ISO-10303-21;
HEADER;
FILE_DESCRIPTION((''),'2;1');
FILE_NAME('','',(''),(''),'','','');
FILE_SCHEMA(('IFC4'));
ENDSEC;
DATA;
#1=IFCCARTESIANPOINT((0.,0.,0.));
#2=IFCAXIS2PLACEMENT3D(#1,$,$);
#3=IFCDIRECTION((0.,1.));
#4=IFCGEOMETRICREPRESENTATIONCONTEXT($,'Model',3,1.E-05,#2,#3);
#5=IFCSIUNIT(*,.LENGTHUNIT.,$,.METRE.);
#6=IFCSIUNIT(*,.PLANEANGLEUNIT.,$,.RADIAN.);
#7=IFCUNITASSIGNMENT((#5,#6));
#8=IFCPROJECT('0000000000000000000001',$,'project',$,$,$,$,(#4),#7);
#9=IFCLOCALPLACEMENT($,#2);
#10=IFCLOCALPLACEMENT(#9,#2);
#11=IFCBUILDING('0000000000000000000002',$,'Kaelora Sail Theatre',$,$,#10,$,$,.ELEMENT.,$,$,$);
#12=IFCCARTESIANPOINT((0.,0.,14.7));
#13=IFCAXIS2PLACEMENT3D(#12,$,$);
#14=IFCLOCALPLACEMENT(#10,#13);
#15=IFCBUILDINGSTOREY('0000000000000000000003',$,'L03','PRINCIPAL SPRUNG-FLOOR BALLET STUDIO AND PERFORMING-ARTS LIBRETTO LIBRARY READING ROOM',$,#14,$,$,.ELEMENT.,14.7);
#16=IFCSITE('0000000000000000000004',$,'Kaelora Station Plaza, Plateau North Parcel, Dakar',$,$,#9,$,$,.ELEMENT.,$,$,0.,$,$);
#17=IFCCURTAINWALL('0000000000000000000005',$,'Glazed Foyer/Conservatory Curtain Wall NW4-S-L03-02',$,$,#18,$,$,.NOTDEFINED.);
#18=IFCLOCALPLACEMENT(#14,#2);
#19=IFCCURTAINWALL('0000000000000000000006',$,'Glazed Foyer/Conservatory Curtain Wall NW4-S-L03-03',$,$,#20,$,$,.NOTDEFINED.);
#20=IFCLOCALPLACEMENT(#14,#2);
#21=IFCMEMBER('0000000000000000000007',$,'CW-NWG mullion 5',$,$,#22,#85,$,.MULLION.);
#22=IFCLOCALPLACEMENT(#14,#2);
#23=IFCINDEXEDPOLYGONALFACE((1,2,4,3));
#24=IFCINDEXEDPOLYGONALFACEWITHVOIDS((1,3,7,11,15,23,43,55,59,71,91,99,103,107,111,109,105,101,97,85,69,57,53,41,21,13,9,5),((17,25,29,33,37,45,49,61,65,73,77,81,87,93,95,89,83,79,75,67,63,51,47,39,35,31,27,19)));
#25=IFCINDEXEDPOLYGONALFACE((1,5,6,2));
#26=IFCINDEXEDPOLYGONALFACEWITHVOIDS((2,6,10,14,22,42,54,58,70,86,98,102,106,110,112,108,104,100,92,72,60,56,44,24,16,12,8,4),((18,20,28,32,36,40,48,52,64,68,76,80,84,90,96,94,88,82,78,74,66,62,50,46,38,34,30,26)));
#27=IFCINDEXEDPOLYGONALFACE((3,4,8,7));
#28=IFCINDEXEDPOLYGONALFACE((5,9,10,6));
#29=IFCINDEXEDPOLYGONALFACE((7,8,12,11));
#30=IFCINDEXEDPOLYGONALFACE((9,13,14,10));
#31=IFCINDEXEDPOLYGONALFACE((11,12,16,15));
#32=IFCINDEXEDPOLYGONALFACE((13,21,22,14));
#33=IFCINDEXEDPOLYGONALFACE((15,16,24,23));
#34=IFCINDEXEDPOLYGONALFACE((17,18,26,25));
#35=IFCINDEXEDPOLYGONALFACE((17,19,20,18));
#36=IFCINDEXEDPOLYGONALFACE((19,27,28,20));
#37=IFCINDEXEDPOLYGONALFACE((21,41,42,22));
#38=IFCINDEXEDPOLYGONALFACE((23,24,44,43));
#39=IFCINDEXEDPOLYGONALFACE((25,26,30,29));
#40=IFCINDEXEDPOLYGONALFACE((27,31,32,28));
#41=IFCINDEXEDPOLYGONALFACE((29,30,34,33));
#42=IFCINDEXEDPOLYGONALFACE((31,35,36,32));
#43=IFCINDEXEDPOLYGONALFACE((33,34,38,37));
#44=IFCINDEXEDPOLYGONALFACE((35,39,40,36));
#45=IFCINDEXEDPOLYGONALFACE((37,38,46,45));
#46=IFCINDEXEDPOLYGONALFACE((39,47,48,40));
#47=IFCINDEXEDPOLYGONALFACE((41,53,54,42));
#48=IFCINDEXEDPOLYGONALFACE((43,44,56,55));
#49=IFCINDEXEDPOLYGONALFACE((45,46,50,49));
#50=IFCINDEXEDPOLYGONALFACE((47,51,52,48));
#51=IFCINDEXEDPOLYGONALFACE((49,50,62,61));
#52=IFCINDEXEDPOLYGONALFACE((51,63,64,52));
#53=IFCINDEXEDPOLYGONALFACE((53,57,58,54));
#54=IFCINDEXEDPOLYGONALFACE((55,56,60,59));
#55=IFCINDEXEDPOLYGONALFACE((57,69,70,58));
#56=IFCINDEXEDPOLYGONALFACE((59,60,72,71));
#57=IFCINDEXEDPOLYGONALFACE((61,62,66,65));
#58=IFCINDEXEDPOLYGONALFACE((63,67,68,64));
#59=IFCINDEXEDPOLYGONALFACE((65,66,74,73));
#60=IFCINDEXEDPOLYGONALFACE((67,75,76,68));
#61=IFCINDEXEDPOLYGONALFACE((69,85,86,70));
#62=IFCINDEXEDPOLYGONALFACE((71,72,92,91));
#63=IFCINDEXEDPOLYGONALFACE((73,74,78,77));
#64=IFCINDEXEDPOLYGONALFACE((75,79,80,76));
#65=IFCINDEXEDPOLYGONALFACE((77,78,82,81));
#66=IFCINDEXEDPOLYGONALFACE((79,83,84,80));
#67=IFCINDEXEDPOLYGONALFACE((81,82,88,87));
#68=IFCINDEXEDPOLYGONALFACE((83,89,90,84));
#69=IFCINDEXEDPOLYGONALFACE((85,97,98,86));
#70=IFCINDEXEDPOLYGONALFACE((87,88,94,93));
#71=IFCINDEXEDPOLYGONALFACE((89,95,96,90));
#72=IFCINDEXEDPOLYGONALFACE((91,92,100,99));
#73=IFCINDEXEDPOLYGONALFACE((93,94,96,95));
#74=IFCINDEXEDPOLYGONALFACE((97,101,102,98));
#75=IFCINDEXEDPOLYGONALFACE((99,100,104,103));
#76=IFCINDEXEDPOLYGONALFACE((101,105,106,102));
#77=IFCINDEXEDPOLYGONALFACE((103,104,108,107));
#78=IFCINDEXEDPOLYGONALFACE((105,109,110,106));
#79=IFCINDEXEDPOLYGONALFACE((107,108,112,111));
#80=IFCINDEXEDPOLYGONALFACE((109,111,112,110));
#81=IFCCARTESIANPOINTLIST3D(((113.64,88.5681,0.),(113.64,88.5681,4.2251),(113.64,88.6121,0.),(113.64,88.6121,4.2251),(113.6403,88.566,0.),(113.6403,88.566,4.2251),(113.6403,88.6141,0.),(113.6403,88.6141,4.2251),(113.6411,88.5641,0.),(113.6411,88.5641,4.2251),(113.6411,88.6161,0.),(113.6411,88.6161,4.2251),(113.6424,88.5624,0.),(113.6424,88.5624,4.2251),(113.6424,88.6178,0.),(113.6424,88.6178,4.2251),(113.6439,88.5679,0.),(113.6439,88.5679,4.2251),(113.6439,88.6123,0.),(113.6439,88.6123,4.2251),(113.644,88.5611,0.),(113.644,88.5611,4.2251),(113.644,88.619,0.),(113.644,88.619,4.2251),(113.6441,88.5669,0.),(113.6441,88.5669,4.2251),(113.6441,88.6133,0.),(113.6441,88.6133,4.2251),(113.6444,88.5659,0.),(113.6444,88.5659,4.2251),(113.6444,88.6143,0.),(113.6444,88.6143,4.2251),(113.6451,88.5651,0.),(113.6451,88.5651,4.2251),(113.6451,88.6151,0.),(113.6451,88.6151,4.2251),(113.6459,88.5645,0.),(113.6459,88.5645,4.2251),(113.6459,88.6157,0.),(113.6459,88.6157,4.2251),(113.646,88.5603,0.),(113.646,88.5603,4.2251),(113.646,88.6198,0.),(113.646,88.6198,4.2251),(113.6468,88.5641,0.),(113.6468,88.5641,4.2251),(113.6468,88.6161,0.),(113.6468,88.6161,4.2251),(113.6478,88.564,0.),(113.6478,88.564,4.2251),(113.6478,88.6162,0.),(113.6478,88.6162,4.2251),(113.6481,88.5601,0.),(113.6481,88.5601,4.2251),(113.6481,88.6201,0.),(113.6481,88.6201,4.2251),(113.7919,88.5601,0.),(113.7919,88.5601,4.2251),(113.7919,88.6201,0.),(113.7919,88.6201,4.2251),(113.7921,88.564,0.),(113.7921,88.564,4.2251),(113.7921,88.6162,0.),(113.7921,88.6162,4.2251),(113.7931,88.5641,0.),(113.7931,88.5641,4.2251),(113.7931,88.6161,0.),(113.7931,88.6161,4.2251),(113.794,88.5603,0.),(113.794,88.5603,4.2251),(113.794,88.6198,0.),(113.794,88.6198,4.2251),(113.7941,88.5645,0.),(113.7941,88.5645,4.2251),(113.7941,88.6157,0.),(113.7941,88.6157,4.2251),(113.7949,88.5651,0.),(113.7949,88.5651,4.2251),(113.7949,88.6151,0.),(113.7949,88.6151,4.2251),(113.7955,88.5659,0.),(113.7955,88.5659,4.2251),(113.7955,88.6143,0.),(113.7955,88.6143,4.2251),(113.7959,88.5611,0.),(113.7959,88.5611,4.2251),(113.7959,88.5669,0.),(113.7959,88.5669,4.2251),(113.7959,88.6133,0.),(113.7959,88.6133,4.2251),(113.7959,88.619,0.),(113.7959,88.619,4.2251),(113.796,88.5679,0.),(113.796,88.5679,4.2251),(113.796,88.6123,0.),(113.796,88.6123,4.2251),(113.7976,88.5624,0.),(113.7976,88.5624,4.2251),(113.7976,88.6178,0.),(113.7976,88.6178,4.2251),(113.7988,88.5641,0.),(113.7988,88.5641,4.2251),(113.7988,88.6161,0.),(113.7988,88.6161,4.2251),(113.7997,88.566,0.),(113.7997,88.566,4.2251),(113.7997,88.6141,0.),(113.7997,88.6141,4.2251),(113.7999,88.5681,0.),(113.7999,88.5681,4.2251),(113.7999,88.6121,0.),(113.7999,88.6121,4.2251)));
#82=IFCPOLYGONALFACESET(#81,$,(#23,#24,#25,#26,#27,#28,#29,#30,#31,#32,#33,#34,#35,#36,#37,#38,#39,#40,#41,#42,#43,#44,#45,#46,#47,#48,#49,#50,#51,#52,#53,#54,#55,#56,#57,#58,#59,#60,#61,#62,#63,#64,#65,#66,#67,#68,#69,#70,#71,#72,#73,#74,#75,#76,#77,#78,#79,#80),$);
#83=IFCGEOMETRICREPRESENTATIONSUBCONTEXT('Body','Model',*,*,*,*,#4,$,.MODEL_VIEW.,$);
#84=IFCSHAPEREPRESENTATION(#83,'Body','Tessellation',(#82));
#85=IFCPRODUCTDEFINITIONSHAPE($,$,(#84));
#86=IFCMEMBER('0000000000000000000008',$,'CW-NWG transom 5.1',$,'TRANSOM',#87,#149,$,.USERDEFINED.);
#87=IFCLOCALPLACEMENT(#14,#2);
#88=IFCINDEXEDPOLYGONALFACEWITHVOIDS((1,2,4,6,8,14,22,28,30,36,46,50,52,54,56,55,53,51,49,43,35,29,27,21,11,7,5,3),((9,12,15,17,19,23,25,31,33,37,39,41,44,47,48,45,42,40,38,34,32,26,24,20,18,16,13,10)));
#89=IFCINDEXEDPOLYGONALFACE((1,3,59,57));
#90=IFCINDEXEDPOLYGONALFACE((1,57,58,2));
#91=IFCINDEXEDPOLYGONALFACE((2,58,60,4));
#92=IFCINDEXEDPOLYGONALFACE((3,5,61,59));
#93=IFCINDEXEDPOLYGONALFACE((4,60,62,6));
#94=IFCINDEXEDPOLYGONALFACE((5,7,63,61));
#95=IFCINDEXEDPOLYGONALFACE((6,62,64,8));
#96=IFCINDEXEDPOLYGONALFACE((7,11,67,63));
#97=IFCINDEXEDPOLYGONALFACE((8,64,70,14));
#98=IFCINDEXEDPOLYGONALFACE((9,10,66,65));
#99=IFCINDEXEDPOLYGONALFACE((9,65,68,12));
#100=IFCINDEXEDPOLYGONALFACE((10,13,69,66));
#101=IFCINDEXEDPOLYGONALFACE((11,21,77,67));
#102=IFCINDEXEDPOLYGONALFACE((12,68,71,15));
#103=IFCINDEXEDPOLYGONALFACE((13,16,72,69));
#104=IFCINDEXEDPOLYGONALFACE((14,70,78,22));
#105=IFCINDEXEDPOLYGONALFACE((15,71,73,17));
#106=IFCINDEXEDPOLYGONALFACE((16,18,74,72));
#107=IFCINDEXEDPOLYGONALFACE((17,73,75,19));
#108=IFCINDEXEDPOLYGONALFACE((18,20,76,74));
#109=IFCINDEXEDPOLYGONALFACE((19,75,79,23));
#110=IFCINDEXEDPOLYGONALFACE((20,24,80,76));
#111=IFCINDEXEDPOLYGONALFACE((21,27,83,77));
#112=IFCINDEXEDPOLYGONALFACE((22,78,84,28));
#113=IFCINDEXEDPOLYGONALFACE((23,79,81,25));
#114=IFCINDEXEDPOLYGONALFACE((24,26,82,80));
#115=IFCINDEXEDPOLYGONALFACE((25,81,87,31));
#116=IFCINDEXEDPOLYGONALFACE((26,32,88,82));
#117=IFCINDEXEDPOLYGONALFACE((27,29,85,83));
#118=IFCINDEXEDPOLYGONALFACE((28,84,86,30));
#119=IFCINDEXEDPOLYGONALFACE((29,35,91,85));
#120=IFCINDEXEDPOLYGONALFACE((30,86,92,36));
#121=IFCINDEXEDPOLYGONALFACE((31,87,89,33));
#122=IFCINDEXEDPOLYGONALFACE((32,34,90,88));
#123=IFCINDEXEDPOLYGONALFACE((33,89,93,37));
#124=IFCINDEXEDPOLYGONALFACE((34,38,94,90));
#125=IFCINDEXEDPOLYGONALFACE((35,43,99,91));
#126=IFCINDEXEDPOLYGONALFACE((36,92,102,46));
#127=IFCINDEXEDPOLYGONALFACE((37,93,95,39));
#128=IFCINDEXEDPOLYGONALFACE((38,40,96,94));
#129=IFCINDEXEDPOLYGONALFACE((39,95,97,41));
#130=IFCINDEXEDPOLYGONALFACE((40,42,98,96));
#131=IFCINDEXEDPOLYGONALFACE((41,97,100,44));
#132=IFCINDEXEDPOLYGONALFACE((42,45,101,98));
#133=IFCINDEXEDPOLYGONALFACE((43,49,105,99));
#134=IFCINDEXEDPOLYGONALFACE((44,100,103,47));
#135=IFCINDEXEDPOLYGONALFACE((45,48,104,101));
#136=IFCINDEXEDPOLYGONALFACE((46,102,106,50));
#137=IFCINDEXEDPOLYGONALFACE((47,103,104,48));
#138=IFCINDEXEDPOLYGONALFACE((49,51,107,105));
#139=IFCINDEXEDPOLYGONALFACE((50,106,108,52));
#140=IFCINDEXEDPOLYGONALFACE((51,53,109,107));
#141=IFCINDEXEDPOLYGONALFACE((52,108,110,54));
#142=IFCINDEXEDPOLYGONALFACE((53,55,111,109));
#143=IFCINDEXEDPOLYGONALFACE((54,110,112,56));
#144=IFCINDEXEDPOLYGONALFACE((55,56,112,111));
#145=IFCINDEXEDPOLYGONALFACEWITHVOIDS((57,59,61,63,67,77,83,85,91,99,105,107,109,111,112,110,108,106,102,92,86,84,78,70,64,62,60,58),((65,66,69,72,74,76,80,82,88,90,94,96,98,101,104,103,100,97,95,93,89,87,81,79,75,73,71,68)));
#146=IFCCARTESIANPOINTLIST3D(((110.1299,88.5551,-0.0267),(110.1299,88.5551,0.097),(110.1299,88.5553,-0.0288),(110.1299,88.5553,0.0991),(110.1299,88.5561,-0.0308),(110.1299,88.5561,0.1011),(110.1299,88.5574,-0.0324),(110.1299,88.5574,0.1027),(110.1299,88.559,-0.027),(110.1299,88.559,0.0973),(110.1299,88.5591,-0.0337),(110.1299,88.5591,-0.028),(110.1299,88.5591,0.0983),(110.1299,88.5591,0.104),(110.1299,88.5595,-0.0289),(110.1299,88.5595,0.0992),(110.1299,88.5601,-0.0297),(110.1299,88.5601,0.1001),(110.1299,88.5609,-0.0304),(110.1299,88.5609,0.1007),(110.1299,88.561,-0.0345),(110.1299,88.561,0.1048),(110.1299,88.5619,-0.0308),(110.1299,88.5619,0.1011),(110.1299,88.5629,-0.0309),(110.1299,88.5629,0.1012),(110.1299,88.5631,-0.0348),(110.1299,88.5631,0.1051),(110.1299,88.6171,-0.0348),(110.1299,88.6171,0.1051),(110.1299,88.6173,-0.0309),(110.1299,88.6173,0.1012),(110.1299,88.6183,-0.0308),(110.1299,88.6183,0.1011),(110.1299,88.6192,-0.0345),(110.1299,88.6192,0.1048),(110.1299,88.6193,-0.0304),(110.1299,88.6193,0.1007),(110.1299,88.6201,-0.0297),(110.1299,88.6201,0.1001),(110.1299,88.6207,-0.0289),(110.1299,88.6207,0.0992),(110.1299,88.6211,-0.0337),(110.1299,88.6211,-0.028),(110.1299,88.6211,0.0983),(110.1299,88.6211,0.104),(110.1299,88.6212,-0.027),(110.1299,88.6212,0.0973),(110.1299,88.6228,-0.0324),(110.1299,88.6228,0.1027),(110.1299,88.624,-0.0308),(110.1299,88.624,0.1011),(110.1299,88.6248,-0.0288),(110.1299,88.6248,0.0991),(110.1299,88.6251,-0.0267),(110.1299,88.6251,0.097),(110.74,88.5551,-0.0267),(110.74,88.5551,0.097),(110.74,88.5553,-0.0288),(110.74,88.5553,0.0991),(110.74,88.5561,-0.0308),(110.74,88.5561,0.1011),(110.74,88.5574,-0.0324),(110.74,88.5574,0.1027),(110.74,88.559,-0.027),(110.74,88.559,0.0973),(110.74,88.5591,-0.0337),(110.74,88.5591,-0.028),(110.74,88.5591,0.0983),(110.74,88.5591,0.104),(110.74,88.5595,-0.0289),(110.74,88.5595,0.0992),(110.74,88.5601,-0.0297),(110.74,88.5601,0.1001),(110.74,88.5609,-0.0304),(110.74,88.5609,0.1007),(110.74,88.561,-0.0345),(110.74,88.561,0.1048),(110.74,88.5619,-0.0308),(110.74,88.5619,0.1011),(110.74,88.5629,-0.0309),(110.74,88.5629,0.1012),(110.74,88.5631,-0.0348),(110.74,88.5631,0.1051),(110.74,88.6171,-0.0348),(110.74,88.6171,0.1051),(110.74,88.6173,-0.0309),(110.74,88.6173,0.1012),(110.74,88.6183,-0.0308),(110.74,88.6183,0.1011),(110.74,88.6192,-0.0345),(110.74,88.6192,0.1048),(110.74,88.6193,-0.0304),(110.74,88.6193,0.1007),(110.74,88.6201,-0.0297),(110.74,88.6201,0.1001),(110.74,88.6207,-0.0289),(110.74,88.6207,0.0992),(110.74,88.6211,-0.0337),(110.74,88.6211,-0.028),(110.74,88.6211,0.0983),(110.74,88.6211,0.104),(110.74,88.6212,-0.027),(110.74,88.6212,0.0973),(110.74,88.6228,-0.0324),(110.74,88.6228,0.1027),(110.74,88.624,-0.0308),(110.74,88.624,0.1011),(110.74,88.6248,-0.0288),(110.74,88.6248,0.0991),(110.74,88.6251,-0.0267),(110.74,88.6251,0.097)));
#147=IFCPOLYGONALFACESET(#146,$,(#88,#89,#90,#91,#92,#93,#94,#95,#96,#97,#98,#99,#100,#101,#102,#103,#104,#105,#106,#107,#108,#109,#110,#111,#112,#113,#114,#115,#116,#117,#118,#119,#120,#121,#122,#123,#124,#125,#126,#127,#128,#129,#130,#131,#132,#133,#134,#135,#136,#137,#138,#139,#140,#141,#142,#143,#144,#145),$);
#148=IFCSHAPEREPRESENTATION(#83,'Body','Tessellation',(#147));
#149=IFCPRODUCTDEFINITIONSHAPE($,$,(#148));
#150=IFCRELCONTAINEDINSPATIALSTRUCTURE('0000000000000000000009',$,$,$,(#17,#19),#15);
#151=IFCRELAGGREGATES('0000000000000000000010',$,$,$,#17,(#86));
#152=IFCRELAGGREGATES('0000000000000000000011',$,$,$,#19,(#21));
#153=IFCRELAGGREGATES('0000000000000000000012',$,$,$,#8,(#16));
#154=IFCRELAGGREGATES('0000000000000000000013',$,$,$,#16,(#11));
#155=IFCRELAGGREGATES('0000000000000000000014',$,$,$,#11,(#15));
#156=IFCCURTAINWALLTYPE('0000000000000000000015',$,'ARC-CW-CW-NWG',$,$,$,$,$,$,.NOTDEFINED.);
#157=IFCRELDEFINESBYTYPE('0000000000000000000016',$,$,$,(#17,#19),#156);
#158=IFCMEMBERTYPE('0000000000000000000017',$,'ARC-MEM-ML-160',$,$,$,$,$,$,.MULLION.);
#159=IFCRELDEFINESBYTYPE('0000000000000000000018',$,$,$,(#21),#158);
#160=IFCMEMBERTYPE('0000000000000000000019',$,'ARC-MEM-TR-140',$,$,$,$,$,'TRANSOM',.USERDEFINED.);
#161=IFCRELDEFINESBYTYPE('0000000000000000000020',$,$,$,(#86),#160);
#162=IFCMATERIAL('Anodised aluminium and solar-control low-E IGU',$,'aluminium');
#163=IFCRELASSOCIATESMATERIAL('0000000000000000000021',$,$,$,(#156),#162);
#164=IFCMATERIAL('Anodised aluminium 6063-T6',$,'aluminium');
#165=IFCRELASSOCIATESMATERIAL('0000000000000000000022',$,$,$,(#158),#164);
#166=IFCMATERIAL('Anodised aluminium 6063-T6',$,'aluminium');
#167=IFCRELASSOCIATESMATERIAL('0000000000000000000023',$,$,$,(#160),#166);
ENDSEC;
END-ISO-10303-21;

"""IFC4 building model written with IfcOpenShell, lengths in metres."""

from ifc_helpers import new_model, si_unit, direction, frame, origin, origin_2d, place, context, subcontext, project, spatial, hollow_rectangle, extrude, material, material_profile, profile_set, type_object, element, aggregate, save


model = new_model("IFC4")

# Units and contexts
model_context = context("Model", 3, precision=1e-05, world=origin(), true_north=direction((0.0, 1.0)))
body_context = subcontext(model_context, "Body", "Model", "MODEL_VIEW")
ifc_project = project(units=[si_unit("LENGTHUNIT", "METRE"), si_unit("PLANEANGLEUNIT", "RADIAN")], contexts=[model_context])

# Site, building, storey
site_placement = place(None, origin())
site = spatial("IfcSite", under=ifc_project, at=site_placement, Name="Kaelora Station Plaza, Plateau North Parcel, Dakar", CompositionType="ELEMENT", RefElevation=0.0)
building_placement = place(site_placement, origin())
building = spatial("IfcBuilding", under=site, at=building_placement, Name="Kaelora Sail Theatre", CompositionType="ELEMENT")
storey_placement = place(building_placement, frame((0.0, 0.0, 14.7)))
storey = spatial("IfcBuildingStorey", under=building, at=storey_placement, Name="L03", Description="PRINCIPAL SPRUNG-FLOOR BALLET STUDIO AND PERFORMING-ARTS LIBRETTO LIBRARY READING ROOM", CompositionType="ELEMENT", Elevation=14.7)

# Curtain walls, member
ifc_material_1 = material(Name="Anodised aluminium and solar-control low-E IGU", Category="aluminium")
curtain_wall_type = type_object("IfcCurtainWallType", Name="ARC-CW-CW-NWG", PredefinedType="NOTDEFINED", material=ifc_material_1)
curtain_wall_1_placement = place(storey_placement, origin())
curtain_wall_1 = element("IfcCurtainWall", 1, at=curtain_wall_1_placement, inside=storey, type_object=curtain_wall_type, Name="Glazed Foyer/Conservatory Curtain Wall NW4-S-L03-02", PredefinedType="NOTDEFINED")
ifc_material_2 = material(Name="Anodised aluminium 6063-T6", Category="aluminium")
ifc_material_profile_1 = material_profile(ifc_material_2, hollow_rectangle(XDim=0.0601, YDim=0.1599, WallThickness=0.0039, InnerFilletRadius=0.0039, OuterFilletRadius=0.0081, at=origin_2d()), Name="ALU-MULL 60x160x4")
ifc_profile_set_1 = profile_set([ifc_material_profile_1], Name="Anodised aluminium 6063-T6")
member_type_1 = type_object("IfcMemberType", Name="ARC-MEM-ML-160", PredefinedType="MULLION", material=ifc_profile_set_1)
curtain_wall_2_placement = place(storey_placement, origin())
curtain_wall_2 = element("IfcCurtainWall", 2, at=curtain_wall_2_placement, inside=storey, type_object=curtain_wall_type, Name="Glazed Foyer/Conservatory Curtain Wall NW4-S-L03-03", PredefinedType="NOTDEFINED")
member_1_placement = place(storey_placement, frame((113.72, 88.5901, 0.0), z_axis=(0.0, 0.0, 1.0), x_axis=(0.0, 1.0, 0.0)))
member_1 = element("IfcMember", 3, at=member_1_placement, type_object=member_type_1, Name="CW-NWG mullion 5", PredefinedType="MULLION", context=body_context, shape_type="SweptSolid", body=[
    extrude(hollow_rectangle(XDim=0.0601, YDim=0.1599, WallThickness=0.0039, InnerFilletRadius=0.0039, OuterFilletRadius=0.0081, at=origin_2d()), origin(), (0.0, 0.0, 1.0), 4.2251),
])

# Member
ifc_material_3 = material(Name="Anodised aluminium 6063-T6", Category="aluminium")
ifc_material_profile_2 = material_profile(ifc_material_3, hollow_rectangle(XDim=0.0701, YDim=0.1399, WallThickness=0.0039, InnerFilletRadius=0.0039, OuterFilletRadius=0.0081, at=origin_2d()), Name="ALU-TRAN 70x140x4")
ifc_profile_set_2 = profile_set([ifc_material_profile_2], Name="Anodised aluminium 6063-T6")
member_type_2 = type_object("IfcMemberType", Name="ARC-MEM-TR-140", ElementType="TRANSOM", PredefinedType="USERDEFINED", material=ifc_profile_set_2)
member_2_placement = place(storey_placement, frame((110.1299, 88.5901, 0.0352), z_axis=(1.0, 0.0, 0.0), x_axis=(0.0, 1.0, 0.0)))
member_2 = element("IfcMember", 4, at=member_2_placement, type_object=member_type_2, Name="CW-NWG transom 5.1", ObjectType="TRANSOM", PredefinedType="USERDEFINED", context=body_context, shape_type="SweptSolid", body=[
    extrude(hollow_rectangle(XDim=0.0701, YDim=0.1399, WallThickness=0.0039, InnerFilletRadius=0.0039, OuterFilletRadius=0.0081, at=origin_2d()), origin(), (0.0, 0.0, 1.0), 0.6101),
])

aggregate(curtain_wall_1, [member_2])
aggregate(curtain_wall_2, [member_1])

save(model, "model.ifc")
